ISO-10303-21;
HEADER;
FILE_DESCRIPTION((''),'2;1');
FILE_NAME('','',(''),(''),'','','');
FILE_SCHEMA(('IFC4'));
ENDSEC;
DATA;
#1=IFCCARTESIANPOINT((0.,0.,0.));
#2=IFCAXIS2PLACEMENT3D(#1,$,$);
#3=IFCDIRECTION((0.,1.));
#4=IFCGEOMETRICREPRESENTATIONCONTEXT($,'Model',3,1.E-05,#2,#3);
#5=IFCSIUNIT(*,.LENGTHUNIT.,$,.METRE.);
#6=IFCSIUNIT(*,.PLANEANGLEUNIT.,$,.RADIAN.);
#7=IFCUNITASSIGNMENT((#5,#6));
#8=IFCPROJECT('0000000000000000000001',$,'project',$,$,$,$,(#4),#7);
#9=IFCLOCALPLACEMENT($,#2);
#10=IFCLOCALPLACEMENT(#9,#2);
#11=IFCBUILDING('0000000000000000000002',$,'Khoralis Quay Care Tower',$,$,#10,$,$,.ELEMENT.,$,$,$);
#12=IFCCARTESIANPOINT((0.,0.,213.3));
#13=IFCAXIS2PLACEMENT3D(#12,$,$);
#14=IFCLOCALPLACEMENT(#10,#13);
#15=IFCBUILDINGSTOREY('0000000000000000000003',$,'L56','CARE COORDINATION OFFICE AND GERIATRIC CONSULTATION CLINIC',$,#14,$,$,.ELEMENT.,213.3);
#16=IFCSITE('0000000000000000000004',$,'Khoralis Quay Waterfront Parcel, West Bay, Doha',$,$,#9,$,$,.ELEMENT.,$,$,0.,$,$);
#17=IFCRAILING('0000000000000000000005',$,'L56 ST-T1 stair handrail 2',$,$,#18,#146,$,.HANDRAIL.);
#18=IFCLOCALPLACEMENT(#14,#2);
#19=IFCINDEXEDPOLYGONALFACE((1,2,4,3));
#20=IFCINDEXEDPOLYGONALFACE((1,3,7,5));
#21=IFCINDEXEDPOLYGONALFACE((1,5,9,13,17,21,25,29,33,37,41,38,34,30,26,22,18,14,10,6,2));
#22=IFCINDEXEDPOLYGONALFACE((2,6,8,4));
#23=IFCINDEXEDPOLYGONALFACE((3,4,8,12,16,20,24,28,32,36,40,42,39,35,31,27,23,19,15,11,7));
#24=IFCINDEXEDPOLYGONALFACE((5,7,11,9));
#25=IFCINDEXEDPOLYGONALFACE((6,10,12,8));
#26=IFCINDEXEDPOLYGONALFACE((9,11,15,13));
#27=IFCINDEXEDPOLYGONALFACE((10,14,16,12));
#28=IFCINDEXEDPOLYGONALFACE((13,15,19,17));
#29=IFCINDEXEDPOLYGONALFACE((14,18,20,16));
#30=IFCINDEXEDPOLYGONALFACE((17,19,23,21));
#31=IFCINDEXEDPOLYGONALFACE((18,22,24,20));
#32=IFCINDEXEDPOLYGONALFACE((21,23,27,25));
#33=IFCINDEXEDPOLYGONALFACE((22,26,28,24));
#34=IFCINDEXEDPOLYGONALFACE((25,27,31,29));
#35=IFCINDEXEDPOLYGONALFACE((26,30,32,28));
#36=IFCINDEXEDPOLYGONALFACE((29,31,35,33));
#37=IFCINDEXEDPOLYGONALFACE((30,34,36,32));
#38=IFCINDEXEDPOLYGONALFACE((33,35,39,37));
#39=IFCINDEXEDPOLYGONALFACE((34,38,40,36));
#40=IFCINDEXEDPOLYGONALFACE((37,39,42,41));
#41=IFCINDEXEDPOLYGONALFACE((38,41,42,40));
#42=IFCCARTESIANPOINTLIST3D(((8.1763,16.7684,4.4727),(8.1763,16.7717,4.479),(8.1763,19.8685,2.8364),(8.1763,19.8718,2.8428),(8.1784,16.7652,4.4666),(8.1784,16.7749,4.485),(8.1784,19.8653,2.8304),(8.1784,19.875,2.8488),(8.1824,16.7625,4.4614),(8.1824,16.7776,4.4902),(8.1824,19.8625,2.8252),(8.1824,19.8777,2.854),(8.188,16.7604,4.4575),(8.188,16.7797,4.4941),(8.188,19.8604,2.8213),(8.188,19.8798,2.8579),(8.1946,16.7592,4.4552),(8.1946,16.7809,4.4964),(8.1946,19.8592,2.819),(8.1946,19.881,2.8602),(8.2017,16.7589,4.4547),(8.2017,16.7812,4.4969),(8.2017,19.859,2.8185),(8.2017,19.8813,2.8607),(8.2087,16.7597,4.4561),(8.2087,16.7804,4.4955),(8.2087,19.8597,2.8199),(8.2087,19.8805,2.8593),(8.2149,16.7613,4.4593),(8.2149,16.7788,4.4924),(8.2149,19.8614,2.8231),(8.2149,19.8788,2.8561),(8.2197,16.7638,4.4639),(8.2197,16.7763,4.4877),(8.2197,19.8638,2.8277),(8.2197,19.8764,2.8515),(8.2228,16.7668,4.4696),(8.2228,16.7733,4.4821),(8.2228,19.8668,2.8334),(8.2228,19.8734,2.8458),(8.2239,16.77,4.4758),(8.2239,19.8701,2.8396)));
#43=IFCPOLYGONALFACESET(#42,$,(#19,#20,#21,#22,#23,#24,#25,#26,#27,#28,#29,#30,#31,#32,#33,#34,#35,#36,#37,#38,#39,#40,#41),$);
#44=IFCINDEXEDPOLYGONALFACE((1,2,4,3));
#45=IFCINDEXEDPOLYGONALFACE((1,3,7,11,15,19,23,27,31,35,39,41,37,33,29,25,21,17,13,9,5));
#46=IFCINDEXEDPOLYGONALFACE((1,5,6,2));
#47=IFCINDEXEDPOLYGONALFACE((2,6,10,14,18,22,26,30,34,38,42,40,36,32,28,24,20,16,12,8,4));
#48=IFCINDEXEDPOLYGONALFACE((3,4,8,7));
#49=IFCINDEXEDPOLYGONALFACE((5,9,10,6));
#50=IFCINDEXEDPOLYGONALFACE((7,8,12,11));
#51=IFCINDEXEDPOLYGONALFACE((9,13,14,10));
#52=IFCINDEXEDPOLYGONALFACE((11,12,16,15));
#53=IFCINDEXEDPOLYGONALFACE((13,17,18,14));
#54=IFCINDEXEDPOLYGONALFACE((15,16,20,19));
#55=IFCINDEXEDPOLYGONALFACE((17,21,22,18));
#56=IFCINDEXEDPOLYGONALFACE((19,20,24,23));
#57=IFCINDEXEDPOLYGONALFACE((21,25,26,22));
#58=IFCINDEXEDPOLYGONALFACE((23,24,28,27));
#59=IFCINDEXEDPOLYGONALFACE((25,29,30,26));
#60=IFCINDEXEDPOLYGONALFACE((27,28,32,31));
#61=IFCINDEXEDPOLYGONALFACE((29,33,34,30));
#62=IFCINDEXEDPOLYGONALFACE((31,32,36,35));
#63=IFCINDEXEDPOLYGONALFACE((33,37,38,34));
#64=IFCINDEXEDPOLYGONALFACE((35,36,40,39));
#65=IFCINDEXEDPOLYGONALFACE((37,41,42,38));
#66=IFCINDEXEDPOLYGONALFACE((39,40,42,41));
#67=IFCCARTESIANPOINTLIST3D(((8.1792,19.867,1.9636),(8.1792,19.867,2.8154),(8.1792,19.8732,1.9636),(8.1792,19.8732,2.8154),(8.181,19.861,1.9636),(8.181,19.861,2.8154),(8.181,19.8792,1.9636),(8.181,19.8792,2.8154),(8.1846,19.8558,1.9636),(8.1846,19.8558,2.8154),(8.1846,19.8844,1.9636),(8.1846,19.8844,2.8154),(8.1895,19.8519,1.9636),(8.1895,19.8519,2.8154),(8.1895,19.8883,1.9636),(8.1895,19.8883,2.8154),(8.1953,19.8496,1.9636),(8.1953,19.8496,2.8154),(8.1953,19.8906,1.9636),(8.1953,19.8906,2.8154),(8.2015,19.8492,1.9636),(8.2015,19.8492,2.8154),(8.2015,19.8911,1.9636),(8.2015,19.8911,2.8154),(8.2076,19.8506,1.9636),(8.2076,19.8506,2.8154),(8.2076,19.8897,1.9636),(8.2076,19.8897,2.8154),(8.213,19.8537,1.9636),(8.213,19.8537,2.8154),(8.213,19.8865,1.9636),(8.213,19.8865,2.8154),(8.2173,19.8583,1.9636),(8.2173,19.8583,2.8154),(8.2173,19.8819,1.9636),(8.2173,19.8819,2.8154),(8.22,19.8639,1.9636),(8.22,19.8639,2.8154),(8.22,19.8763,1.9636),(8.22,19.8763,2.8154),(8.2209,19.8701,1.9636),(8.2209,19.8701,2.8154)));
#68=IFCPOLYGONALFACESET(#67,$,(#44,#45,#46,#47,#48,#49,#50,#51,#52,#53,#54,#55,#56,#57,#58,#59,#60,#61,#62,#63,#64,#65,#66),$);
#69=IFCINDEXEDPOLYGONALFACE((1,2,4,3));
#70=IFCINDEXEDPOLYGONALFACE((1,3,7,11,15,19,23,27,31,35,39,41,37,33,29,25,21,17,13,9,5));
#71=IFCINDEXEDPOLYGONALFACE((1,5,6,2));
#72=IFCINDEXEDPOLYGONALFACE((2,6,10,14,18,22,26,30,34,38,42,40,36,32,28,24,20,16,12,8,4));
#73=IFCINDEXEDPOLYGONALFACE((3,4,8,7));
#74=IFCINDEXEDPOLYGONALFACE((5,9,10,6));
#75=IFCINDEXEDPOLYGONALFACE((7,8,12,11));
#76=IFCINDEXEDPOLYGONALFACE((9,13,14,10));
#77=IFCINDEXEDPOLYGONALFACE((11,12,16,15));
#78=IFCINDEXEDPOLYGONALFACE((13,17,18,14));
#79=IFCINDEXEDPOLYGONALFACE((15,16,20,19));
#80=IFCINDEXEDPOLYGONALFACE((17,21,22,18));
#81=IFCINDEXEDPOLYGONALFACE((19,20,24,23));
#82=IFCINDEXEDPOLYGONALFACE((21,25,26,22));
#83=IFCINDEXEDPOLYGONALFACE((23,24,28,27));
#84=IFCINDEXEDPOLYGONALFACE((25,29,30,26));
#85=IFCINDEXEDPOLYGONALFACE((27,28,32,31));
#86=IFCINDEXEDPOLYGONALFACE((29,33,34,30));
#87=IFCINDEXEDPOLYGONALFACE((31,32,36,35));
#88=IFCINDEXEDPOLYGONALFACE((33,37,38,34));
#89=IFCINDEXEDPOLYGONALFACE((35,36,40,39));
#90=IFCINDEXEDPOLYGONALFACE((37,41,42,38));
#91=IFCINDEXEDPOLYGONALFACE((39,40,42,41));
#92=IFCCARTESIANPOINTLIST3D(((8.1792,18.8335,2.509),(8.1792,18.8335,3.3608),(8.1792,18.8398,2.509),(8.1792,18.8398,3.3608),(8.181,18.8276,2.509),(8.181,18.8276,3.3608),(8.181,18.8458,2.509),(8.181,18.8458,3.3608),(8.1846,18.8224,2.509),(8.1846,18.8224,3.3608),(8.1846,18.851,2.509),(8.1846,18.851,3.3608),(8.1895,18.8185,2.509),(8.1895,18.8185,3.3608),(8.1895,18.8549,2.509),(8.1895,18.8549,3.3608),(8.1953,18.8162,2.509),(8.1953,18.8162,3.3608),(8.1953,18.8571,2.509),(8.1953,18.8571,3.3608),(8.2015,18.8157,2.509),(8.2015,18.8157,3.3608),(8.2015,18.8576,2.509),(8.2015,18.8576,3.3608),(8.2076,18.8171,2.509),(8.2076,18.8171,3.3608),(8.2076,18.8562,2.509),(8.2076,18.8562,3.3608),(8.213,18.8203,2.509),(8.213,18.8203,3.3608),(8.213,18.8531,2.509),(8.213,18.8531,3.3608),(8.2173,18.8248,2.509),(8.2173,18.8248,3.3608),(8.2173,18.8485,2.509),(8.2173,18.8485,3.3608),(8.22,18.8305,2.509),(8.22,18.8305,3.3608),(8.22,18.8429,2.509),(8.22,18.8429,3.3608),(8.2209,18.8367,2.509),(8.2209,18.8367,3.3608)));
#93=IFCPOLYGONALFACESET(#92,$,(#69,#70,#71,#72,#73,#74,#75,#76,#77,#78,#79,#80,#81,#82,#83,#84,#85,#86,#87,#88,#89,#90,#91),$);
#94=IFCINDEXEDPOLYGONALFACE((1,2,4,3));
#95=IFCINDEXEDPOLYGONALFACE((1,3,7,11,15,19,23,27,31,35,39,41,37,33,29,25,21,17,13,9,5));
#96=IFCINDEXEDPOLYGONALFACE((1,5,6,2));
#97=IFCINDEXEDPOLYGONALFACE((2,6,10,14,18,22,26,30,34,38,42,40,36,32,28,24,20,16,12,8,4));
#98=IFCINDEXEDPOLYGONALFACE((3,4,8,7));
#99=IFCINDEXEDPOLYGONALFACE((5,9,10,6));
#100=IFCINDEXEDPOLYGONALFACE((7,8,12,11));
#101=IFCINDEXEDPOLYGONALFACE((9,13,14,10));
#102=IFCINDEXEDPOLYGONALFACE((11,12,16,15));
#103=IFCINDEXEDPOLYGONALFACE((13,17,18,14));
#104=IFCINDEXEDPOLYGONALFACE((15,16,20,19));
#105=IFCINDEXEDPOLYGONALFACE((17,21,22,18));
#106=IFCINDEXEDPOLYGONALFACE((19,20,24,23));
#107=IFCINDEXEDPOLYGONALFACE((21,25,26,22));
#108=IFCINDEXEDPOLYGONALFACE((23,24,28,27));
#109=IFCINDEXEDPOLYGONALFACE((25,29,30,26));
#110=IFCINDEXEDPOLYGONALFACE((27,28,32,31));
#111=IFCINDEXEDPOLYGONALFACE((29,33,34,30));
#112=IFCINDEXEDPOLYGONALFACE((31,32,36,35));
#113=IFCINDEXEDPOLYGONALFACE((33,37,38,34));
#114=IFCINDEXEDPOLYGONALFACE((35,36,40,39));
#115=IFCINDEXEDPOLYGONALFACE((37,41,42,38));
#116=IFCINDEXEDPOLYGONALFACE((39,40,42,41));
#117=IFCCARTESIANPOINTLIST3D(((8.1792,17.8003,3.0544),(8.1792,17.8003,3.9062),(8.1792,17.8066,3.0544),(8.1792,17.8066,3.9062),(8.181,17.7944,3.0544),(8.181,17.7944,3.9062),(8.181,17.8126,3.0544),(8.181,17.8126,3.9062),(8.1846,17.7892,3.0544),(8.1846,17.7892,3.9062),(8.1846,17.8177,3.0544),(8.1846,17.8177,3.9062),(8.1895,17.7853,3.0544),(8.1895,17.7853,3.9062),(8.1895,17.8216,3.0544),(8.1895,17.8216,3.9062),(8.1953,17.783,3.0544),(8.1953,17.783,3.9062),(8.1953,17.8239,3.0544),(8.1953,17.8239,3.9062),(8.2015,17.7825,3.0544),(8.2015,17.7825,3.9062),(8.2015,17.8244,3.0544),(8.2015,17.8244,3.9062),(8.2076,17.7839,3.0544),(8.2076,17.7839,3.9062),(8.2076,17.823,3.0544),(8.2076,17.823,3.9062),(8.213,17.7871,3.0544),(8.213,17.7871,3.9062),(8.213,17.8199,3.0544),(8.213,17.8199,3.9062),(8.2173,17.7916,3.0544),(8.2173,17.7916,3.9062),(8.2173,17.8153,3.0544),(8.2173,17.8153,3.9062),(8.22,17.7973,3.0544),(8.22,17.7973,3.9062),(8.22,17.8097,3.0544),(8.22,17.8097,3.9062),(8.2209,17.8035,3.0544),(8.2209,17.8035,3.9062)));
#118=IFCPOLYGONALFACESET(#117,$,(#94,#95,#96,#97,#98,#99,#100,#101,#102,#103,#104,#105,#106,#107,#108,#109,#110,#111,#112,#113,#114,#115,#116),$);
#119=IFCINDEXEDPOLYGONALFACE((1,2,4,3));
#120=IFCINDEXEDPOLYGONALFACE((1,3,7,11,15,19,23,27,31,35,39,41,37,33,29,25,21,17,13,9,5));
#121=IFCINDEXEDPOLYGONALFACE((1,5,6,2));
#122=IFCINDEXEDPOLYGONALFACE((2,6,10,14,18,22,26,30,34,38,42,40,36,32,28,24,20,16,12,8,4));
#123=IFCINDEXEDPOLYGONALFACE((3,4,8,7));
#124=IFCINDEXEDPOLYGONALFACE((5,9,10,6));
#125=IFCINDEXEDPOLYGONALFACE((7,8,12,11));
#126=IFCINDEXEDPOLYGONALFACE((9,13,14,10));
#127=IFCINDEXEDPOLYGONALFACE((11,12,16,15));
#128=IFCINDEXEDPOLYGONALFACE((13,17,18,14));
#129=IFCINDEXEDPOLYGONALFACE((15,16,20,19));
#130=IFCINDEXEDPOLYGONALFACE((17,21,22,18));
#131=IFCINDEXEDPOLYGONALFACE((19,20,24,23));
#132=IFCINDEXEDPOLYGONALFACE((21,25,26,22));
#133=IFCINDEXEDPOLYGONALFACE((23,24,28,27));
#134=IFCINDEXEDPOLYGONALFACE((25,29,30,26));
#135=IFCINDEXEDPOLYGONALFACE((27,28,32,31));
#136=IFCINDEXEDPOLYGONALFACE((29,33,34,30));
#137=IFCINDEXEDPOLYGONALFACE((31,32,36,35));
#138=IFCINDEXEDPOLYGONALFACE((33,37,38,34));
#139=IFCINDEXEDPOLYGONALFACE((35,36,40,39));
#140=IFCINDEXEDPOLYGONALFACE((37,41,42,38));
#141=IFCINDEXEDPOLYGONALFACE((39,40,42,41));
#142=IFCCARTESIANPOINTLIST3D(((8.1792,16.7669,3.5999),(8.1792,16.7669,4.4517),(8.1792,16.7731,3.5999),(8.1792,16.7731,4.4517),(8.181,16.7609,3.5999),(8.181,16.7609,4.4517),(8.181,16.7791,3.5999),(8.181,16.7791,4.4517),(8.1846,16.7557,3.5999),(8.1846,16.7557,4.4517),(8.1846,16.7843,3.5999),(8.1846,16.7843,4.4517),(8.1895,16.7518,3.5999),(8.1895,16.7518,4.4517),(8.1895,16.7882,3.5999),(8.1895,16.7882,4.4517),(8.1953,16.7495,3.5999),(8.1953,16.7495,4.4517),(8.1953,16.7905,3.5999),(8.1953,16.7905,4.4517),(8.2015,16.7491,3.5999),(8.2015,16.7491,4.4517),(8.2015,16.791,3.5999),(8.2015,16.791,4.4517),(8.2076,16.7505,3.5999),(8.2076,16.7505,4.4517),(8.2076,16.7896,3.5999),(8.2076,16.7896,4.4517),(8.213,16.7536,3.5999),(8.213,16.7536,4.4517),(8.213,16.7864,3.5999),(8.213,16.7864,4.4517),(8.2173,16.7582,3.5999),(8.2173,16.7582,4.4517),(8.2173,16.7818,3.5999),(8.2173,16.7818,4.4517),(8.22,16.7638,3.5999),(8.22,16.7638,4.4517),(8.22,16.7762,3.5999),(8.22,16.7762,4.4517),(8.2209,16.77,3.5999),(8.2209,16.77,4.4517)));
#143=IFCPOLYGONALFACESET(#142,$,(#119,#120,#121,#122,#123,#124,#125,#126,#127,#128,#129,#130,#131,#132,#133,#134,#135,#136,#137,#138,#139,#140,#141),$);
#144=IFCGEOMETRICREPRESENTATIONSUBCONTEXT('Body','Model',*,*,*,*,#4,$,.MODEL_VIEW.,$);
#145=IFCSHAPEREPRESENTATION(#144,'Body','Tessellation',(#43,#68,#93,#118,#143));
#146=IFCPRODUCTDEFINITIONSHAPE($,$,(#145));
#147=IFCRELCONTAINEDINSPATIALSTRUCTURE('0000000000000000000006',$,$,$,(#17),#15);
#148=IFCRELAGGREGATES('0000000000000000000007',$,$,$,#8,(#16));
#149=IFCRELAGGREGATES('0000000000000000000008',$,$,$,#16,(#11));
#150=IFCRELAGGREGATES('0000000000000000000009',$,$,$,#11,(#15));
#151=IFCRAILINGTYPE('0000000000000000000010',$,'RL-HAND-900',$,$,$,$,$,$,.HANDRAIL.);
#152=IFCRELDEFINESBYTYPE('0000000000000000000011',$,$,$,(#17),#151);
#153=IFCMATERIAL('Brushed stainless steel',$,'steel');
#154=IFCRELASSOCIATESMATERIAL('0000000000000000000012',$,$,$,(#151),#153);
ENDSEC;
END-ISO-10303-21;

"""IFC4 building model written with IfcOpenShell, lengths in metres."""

from ifc_helpers import new_model, si_unit, direction, frame, origin, origin_2d, place, context, subcontext, project, spatial, circle, extrude, material, type_object, element, save


model = new_model("IFC4")

# Units and contexts
model_context = context("Model", 3, precision=1e-05, world=origin(), true_north=direction((0.0, 1.0)))
body_context = subcontext(model_context, "Body", "Model", "MODEL_VIEW")
ifc_project = project(units=[si_unit("LENGTHUNIT", "METRE"), si_unit("PLANEANGLEUNIT", "RADIAN")], contexts=[model_context])

# Site, building, storey
site_placement = place(None, origin())
site = spatial("IfcSite", under=ifc_project, at=site_placement, Name="Khoralis Quay Waterfront Parcel, West Bay, Doha", CompositionType="ELEMENT", RefElevation=0.0)
building_placement = place(site_placement, origin())
building = spatial("IfcBuilding", under=site, at=building_placement, Name="Khoralis Quay Care Tower", CompositionType="ELEMENT")
storey_placement = place(building_placement, frame((0.0, 0.0, 213.3)))
storey = spatial("IfcBuildingStorey", under=building, at=storey_placement, Name="L56", Description="CARE COORDINATION OFFICE AND GERIATRIC CONSULTATION CLINIC", CompositionType="ELEMENT", Elevation=213.3)

# Shared definitions
ifc_material_1 = material(Name="Brushed stainless steel", Category="steel")

# Railing
railing_type_1 = type_object("IfcRailingType", Name="RL-HAND-900", PredefinedType="HANDRAIL", material=ifc_material_1)
railing_1_placement = place(storey_placement, frame((8.2, 19.8701, 1.9636)))
element("IfcRailing", 1, at=railing_1_placement, inside=storey, type_object=railing_type_1, Name="L56 ST-T1 stair handrail 2", PredefinedType="HANDRAIL", context=body_context, shape_type="SweptSolid", body=[
    extrude(circle(Radius=0.0239, at=origin_2d()), frame((0.0, 0.0, 0.876), z_axis=(0.0, -0.884377, 0.466774), x_axis=(1.0, 0.0, 0.0)), (0.0, 0.0, 1.0), 3.5054),
    extrude(circle(Radius=0.021, at=origin_2d()), origin(), (0.0, 0.0, 1.0), 0.8518),
    extrude(circle(Radius=0.021, at=origin_2d()), frame((0.0, -1.0334, 0.5454)), (0.0, 0.0, 1.0), 0.8518),
    extrude(circle(Radius=0.021, at=origin_2d()), frame((0.0, -2.0667, 1.0908)), (0.0, 0.0, 1.0), 0.8518),
    extrude(circle(Radius=0.021, at=origin_2d()), frame((0.0, -3.1001, 1.6362)), (0.0, 0.0, 1.0), 0.8518),
])

save(model, "model.ifc")
